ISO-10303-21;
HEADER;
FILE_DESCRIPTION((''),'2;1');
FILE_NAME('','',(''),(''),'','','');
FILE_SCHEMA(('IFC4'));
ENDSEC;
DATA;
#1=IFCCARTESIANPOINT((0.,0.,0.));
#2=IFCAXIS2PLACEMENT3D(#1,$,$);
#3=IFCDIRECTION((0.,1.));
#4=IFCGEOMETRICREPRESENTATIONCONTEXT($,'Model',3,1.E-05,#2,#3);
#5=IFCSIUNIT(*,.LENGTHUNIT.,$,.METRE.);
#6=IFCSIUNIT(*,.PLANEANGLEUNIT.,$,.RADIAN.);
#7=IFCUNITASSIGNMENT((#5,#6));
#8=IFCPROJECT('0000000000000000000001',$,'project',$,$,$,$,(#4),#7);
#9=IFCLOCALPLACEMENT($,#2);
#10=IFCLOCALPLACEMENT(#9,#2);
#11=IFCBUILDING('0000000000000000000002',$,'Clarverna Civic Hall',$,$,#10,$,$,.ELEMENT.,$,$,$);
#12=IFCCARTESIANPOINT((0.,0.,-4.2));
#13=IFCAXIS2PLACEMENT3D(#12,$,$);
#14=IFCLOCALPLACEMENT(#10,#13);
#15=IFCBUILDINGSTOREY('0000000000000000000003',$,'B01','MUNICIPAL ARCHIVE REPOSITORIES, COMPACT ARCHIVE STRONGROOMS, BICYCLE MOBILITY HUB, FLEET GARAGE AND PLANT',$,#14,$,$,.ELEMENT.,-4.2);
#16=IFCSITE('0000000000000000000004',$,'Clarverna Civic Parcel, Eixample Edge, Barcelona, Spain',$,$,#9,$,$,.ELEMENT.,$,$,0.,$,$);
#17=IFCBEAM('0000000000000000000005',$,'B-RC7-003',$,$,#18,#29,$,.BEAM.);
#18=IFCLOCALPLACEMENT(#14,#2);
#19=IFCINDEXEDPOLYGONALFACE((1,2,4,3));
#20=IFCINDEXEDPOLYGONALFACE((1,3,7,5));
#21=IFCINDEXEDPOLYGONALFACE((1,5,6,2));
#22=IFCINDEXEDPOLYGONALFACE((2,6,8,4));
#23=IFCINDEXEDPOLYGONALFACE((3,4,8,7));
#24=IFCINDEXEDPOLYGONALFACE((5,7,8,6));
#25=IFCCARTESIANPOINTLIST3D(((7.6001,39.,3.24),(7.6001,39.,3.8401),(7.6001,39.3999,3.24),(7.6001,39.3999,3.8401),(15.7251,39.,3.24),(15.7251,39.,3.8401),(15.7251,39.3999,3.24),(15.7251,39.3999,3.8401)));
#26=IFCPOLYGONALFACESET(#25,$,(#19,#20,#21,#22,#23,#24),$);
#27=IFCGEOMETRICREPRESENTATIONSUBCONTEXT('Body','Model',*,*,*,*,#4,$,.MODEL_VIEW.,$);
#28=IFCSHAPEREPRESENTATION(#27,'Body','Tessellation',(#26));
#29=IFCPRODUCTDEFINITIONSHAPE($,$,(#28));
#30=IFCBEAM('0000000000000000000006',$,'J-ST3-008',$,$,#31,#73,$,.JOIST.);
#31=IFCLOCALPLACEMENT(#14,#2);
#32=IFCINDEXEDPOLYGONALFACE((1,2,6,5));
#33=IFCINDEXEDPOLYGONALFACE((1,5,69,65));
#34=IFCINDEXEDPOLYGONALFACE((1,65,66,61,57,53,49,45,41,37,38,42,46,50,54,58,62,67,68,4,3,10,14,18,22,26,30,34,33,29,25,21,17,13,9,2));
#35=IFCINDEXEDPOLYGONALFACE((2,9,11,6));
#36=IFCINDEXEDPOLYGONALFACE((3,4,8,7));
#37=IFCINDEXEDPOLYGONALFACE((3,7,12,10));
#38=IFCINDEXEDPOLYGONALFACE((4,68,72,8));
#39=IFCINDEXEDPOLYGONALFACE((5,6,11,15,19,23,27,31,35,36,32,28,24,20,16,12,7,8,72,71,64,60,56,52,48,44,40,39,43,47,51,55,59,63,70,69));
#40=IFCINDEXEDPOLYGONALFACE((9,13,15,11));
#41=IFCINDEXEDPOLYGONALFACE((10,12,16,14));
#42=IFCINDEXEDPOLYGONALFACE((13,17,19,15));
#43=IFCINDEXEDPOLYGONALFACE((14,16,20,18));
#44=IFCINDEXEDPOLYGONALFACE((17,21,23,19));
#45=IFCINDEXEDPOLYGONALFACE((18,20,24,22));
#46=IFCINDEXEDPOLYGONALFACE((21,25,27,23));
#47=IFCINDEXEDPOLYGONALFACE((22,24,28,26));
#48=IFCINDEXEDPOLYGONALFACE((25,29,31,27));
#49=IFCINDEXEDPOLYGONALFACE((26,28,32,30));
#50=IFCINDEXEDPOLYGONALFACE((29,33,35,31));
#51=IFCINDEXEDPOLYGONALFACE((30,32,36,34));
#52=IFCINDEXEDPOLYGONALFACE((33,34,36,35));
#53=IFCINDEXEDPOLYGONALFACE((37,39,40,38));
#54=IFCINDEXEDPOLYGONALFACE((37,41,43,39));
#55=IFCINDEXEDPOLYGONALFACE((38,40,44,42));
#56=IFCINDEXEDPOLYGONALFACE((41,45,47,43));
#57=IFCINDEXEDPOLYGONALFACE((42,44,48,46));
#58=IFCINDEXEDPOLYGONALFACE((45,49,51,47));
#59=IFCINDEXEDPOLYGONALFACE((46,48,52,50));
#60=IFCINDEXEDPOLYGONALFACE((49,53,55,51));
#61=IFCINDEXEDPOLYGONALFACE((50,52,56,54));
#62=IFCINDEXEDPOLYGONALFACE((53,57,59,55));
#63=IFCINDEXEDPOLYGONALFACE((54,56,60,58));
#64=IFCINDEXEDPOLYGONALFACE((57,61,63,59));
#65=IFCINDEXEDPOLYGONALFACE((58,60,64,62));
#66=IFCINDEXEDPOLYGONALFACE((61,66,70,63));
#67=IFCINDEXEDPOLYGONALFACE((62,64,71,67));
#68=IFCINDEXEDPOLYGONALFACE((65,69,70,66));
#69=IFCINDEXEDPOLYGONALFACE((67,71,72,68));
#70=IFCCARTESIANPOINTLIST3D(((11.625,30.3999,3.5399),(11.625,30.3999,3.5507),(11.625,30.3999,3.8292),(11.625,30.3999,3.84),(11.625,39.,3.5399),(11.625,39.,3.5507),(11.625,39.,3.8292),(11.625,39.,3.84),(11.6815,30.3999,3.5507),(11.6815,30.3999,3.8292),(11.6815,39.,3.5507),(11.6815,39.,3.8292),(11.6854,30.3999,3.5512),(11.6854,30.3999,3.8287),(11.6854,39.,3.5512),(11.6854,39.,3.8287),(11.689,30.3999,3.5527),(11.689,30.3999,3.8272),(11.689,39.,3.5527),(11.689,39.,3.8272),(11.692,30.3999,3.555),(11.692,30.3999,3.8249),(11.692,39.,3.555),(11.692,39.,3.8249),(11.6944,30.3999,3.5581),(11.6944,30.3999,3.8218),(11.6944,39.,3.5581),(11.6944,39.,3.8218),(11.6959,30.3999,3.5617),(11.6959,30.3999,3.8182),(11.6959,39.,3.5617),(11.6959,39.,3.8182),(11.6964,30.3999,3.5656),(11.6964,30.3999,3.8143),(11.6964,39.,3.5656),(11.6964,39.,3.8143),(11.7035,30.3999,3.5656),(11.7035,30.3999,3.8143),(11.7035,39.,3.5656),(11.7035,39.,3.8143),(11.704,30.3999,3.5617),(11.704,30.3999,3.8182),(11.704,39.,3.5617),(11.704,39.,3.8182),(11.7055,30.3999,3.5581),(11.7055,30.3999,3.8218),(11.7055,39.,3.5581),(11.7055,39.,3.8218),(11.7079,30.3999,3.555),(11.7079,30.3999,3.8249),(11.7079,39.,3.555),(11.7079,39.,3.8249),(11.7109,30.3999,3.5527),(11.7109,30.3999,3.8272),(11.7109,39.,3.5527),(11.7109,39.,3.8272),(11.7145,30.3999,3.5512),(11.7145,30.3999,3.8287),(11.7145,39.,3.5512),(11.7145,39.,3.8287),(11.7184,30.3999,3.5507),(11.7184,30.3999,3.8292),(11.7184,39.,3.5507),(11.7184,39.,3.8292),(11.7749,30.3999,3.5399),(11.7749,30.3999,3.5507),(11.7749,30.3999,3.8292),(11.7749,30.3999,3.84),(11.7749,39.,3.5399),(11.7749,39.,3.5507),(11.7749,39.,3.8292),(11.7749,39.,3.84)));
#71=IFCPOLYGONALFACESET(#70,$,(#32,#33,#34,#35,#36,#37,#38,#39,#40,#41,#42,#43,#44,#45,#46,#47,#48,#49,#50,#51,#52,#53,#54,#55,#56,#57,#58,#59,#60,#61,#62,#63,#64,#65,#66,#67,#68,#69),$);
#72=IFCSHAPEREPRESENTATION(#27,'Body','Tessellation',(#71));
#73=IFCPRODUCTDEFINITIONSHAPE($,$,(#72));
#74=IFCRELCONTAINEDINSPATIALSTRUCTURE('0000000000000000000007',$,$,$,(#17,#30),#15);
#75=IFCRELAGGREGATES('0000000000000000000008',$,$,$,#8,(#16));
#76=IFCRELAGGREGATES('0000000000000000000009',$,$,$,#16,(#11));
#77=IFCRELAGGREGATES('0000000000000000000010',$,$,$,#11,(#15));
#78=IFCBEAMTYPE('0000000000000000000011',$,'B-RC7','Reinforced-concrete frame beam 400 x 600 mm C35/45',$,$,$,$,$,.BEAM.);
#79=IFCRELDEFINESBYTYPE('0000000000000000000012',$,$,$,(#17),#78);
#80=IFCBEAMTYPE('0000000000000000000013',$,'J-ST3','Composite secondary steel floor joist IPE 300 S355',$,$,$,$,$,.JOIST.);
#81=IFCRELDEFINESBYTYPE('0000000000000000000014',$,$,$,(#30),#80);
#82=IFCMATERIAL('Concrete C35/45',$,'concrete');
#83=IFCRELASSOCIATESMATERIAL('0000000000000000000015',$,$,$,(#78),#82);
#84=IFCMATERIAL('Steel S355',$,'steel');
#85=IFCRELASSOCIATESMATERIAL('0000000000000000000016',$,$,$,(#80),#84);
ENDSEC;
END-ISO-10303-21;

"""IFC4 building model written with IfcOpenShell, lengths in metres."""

from ifc_helpers import new_model, si_unit, direction, frame, origin, origin_2d, place, context, subcontext, project, spatial, rectangle, i_section, extrude, material, material_profile, profile_set, type_object, element, save


model = new_model("IFC4")

# Units and contexts
model_context = context("Model", 3, precision=1e-05, world=origin(), true_north=direction((0.0, 1.0)))
body_context = subcontext(model_context, "Body", "Model", "MODEL_VIEW")
ifc_project = project(units=[si_unit("LENGTHUNIT", "METRE"), si_unit("PLANEANGLEUNIT", "RADIAN")], contexts=[model_context])

# Site, building, storey
site_placement = place(None, origin())
site = spatial("IfcSite", under=ifc_project, at=site_placement, Name="Clarverna Civic Parcel, Eixample Edge, Barcelona, Spain", CompositionType="ELEMENT", RefElevation=0.0)
building_placement = place(site_placement, origin())
building = spatial("IfcBuilding", under=site, at=building_placement, Name="Clarverna Civic Hall", CompositionType="ELEMENT")
storey_placement = place(building_placement, frame((0.0, 0.0, -4.2)))
storey = spatial("IfcBuildingStorey", under=building, at=storey_placement, Name="B01", Description="MUNICIPAL ARCHIVE REPOSITORIES, COMPACT ARCHIVE STRONGROOMS, BICYCLE MOBILITY HUB, FLEET GARAGE AND PLANT", CompositionType="ELEMENT", Elevation=-4.2)

# Beams
ifc_material_1 = material(Name="Concrete C35/45", Category="concrete")
ifc_material_profile_1 = material_profile(ifc_material_1, rectangle(XDim=0.3999, YDim=0.6001, at=origin_2d()), Name="RC 400x600")
ifc_profile_set_1 = profile_set([ifc_material_profile_1], Name="Concrete C35/45")
beam_type_1 = type_object("IfcBeamType", Name="B-RC7", Description="Reinforced-concrete frame beam 400 x 600 mm C35/45", PredefinedType="BEAM", material=ifc_profile_set_1)
beam_1_placement = place(storey_placement, frame((7.6001, 39.2, 3.54), z_axis=(1.0, 0.0, 0.0), x_axis=(0.0, 1.0, 0.0)))
element("IfcBeam", 1, at=beam_1_placement, inside=storey, type_object=beam_type_1, Name="B-RC7-003", PredefinedType="BEAM", context=body_context, shape_type="SweptSolid", body=[
    extrude(rectangle(XDim=0.3999, YDim=0.6001, at=origin_2d()), origin(), (0.0, 0.0, 1.0), 8.125),
])
ifc_material_2 = material(Name="Steel S355", Category="steel")
ifc_material_profile_2 = material_profile(ifc_material_2, i_section(OverallWidth=0.1499, OverallDepth=0.3, WebThickness=0.0071, FlangeThickness=0.0107, FilletRadius=0.0149, at=origin_2d()), Name="IPE 300")
ifc_profile_set_2 = profile_set([ifc_material_profile_2], Name="Steel S355")
beam_type_2 = type_object("IfcBeamType", Name="J-ST3", Description="Composite secondary steel floor joist IPE 300 S355", PredefinedType="JOIST", material=ifc_profile_set_2)
beam_2_placement = place(storey_placement, frame((11.7, 30.3999, 3.6899), z_axis=(0.0, 1.0, 0.0), x_axis=(-1.0, 0.0, 0.0)))
element("IfcBeam", 2, at=beam_2_placement, inside=storey, type_object=beam_type_2, Name="J-ST3-008", PredefinedType="JOIST", context=body_context, shape_type="SweptSolid", body=[
    extrude(i_section(OverallWidth=0.1499, OverallDepth=0.3, WebThickness=0.0071, FlangeThickness=0.0107, FilletRadius=0.0149, at=origin_2d()), origin(), (0.0, 0.0, 1.0), 8.6001),
])

save(model, "model.ifc")
